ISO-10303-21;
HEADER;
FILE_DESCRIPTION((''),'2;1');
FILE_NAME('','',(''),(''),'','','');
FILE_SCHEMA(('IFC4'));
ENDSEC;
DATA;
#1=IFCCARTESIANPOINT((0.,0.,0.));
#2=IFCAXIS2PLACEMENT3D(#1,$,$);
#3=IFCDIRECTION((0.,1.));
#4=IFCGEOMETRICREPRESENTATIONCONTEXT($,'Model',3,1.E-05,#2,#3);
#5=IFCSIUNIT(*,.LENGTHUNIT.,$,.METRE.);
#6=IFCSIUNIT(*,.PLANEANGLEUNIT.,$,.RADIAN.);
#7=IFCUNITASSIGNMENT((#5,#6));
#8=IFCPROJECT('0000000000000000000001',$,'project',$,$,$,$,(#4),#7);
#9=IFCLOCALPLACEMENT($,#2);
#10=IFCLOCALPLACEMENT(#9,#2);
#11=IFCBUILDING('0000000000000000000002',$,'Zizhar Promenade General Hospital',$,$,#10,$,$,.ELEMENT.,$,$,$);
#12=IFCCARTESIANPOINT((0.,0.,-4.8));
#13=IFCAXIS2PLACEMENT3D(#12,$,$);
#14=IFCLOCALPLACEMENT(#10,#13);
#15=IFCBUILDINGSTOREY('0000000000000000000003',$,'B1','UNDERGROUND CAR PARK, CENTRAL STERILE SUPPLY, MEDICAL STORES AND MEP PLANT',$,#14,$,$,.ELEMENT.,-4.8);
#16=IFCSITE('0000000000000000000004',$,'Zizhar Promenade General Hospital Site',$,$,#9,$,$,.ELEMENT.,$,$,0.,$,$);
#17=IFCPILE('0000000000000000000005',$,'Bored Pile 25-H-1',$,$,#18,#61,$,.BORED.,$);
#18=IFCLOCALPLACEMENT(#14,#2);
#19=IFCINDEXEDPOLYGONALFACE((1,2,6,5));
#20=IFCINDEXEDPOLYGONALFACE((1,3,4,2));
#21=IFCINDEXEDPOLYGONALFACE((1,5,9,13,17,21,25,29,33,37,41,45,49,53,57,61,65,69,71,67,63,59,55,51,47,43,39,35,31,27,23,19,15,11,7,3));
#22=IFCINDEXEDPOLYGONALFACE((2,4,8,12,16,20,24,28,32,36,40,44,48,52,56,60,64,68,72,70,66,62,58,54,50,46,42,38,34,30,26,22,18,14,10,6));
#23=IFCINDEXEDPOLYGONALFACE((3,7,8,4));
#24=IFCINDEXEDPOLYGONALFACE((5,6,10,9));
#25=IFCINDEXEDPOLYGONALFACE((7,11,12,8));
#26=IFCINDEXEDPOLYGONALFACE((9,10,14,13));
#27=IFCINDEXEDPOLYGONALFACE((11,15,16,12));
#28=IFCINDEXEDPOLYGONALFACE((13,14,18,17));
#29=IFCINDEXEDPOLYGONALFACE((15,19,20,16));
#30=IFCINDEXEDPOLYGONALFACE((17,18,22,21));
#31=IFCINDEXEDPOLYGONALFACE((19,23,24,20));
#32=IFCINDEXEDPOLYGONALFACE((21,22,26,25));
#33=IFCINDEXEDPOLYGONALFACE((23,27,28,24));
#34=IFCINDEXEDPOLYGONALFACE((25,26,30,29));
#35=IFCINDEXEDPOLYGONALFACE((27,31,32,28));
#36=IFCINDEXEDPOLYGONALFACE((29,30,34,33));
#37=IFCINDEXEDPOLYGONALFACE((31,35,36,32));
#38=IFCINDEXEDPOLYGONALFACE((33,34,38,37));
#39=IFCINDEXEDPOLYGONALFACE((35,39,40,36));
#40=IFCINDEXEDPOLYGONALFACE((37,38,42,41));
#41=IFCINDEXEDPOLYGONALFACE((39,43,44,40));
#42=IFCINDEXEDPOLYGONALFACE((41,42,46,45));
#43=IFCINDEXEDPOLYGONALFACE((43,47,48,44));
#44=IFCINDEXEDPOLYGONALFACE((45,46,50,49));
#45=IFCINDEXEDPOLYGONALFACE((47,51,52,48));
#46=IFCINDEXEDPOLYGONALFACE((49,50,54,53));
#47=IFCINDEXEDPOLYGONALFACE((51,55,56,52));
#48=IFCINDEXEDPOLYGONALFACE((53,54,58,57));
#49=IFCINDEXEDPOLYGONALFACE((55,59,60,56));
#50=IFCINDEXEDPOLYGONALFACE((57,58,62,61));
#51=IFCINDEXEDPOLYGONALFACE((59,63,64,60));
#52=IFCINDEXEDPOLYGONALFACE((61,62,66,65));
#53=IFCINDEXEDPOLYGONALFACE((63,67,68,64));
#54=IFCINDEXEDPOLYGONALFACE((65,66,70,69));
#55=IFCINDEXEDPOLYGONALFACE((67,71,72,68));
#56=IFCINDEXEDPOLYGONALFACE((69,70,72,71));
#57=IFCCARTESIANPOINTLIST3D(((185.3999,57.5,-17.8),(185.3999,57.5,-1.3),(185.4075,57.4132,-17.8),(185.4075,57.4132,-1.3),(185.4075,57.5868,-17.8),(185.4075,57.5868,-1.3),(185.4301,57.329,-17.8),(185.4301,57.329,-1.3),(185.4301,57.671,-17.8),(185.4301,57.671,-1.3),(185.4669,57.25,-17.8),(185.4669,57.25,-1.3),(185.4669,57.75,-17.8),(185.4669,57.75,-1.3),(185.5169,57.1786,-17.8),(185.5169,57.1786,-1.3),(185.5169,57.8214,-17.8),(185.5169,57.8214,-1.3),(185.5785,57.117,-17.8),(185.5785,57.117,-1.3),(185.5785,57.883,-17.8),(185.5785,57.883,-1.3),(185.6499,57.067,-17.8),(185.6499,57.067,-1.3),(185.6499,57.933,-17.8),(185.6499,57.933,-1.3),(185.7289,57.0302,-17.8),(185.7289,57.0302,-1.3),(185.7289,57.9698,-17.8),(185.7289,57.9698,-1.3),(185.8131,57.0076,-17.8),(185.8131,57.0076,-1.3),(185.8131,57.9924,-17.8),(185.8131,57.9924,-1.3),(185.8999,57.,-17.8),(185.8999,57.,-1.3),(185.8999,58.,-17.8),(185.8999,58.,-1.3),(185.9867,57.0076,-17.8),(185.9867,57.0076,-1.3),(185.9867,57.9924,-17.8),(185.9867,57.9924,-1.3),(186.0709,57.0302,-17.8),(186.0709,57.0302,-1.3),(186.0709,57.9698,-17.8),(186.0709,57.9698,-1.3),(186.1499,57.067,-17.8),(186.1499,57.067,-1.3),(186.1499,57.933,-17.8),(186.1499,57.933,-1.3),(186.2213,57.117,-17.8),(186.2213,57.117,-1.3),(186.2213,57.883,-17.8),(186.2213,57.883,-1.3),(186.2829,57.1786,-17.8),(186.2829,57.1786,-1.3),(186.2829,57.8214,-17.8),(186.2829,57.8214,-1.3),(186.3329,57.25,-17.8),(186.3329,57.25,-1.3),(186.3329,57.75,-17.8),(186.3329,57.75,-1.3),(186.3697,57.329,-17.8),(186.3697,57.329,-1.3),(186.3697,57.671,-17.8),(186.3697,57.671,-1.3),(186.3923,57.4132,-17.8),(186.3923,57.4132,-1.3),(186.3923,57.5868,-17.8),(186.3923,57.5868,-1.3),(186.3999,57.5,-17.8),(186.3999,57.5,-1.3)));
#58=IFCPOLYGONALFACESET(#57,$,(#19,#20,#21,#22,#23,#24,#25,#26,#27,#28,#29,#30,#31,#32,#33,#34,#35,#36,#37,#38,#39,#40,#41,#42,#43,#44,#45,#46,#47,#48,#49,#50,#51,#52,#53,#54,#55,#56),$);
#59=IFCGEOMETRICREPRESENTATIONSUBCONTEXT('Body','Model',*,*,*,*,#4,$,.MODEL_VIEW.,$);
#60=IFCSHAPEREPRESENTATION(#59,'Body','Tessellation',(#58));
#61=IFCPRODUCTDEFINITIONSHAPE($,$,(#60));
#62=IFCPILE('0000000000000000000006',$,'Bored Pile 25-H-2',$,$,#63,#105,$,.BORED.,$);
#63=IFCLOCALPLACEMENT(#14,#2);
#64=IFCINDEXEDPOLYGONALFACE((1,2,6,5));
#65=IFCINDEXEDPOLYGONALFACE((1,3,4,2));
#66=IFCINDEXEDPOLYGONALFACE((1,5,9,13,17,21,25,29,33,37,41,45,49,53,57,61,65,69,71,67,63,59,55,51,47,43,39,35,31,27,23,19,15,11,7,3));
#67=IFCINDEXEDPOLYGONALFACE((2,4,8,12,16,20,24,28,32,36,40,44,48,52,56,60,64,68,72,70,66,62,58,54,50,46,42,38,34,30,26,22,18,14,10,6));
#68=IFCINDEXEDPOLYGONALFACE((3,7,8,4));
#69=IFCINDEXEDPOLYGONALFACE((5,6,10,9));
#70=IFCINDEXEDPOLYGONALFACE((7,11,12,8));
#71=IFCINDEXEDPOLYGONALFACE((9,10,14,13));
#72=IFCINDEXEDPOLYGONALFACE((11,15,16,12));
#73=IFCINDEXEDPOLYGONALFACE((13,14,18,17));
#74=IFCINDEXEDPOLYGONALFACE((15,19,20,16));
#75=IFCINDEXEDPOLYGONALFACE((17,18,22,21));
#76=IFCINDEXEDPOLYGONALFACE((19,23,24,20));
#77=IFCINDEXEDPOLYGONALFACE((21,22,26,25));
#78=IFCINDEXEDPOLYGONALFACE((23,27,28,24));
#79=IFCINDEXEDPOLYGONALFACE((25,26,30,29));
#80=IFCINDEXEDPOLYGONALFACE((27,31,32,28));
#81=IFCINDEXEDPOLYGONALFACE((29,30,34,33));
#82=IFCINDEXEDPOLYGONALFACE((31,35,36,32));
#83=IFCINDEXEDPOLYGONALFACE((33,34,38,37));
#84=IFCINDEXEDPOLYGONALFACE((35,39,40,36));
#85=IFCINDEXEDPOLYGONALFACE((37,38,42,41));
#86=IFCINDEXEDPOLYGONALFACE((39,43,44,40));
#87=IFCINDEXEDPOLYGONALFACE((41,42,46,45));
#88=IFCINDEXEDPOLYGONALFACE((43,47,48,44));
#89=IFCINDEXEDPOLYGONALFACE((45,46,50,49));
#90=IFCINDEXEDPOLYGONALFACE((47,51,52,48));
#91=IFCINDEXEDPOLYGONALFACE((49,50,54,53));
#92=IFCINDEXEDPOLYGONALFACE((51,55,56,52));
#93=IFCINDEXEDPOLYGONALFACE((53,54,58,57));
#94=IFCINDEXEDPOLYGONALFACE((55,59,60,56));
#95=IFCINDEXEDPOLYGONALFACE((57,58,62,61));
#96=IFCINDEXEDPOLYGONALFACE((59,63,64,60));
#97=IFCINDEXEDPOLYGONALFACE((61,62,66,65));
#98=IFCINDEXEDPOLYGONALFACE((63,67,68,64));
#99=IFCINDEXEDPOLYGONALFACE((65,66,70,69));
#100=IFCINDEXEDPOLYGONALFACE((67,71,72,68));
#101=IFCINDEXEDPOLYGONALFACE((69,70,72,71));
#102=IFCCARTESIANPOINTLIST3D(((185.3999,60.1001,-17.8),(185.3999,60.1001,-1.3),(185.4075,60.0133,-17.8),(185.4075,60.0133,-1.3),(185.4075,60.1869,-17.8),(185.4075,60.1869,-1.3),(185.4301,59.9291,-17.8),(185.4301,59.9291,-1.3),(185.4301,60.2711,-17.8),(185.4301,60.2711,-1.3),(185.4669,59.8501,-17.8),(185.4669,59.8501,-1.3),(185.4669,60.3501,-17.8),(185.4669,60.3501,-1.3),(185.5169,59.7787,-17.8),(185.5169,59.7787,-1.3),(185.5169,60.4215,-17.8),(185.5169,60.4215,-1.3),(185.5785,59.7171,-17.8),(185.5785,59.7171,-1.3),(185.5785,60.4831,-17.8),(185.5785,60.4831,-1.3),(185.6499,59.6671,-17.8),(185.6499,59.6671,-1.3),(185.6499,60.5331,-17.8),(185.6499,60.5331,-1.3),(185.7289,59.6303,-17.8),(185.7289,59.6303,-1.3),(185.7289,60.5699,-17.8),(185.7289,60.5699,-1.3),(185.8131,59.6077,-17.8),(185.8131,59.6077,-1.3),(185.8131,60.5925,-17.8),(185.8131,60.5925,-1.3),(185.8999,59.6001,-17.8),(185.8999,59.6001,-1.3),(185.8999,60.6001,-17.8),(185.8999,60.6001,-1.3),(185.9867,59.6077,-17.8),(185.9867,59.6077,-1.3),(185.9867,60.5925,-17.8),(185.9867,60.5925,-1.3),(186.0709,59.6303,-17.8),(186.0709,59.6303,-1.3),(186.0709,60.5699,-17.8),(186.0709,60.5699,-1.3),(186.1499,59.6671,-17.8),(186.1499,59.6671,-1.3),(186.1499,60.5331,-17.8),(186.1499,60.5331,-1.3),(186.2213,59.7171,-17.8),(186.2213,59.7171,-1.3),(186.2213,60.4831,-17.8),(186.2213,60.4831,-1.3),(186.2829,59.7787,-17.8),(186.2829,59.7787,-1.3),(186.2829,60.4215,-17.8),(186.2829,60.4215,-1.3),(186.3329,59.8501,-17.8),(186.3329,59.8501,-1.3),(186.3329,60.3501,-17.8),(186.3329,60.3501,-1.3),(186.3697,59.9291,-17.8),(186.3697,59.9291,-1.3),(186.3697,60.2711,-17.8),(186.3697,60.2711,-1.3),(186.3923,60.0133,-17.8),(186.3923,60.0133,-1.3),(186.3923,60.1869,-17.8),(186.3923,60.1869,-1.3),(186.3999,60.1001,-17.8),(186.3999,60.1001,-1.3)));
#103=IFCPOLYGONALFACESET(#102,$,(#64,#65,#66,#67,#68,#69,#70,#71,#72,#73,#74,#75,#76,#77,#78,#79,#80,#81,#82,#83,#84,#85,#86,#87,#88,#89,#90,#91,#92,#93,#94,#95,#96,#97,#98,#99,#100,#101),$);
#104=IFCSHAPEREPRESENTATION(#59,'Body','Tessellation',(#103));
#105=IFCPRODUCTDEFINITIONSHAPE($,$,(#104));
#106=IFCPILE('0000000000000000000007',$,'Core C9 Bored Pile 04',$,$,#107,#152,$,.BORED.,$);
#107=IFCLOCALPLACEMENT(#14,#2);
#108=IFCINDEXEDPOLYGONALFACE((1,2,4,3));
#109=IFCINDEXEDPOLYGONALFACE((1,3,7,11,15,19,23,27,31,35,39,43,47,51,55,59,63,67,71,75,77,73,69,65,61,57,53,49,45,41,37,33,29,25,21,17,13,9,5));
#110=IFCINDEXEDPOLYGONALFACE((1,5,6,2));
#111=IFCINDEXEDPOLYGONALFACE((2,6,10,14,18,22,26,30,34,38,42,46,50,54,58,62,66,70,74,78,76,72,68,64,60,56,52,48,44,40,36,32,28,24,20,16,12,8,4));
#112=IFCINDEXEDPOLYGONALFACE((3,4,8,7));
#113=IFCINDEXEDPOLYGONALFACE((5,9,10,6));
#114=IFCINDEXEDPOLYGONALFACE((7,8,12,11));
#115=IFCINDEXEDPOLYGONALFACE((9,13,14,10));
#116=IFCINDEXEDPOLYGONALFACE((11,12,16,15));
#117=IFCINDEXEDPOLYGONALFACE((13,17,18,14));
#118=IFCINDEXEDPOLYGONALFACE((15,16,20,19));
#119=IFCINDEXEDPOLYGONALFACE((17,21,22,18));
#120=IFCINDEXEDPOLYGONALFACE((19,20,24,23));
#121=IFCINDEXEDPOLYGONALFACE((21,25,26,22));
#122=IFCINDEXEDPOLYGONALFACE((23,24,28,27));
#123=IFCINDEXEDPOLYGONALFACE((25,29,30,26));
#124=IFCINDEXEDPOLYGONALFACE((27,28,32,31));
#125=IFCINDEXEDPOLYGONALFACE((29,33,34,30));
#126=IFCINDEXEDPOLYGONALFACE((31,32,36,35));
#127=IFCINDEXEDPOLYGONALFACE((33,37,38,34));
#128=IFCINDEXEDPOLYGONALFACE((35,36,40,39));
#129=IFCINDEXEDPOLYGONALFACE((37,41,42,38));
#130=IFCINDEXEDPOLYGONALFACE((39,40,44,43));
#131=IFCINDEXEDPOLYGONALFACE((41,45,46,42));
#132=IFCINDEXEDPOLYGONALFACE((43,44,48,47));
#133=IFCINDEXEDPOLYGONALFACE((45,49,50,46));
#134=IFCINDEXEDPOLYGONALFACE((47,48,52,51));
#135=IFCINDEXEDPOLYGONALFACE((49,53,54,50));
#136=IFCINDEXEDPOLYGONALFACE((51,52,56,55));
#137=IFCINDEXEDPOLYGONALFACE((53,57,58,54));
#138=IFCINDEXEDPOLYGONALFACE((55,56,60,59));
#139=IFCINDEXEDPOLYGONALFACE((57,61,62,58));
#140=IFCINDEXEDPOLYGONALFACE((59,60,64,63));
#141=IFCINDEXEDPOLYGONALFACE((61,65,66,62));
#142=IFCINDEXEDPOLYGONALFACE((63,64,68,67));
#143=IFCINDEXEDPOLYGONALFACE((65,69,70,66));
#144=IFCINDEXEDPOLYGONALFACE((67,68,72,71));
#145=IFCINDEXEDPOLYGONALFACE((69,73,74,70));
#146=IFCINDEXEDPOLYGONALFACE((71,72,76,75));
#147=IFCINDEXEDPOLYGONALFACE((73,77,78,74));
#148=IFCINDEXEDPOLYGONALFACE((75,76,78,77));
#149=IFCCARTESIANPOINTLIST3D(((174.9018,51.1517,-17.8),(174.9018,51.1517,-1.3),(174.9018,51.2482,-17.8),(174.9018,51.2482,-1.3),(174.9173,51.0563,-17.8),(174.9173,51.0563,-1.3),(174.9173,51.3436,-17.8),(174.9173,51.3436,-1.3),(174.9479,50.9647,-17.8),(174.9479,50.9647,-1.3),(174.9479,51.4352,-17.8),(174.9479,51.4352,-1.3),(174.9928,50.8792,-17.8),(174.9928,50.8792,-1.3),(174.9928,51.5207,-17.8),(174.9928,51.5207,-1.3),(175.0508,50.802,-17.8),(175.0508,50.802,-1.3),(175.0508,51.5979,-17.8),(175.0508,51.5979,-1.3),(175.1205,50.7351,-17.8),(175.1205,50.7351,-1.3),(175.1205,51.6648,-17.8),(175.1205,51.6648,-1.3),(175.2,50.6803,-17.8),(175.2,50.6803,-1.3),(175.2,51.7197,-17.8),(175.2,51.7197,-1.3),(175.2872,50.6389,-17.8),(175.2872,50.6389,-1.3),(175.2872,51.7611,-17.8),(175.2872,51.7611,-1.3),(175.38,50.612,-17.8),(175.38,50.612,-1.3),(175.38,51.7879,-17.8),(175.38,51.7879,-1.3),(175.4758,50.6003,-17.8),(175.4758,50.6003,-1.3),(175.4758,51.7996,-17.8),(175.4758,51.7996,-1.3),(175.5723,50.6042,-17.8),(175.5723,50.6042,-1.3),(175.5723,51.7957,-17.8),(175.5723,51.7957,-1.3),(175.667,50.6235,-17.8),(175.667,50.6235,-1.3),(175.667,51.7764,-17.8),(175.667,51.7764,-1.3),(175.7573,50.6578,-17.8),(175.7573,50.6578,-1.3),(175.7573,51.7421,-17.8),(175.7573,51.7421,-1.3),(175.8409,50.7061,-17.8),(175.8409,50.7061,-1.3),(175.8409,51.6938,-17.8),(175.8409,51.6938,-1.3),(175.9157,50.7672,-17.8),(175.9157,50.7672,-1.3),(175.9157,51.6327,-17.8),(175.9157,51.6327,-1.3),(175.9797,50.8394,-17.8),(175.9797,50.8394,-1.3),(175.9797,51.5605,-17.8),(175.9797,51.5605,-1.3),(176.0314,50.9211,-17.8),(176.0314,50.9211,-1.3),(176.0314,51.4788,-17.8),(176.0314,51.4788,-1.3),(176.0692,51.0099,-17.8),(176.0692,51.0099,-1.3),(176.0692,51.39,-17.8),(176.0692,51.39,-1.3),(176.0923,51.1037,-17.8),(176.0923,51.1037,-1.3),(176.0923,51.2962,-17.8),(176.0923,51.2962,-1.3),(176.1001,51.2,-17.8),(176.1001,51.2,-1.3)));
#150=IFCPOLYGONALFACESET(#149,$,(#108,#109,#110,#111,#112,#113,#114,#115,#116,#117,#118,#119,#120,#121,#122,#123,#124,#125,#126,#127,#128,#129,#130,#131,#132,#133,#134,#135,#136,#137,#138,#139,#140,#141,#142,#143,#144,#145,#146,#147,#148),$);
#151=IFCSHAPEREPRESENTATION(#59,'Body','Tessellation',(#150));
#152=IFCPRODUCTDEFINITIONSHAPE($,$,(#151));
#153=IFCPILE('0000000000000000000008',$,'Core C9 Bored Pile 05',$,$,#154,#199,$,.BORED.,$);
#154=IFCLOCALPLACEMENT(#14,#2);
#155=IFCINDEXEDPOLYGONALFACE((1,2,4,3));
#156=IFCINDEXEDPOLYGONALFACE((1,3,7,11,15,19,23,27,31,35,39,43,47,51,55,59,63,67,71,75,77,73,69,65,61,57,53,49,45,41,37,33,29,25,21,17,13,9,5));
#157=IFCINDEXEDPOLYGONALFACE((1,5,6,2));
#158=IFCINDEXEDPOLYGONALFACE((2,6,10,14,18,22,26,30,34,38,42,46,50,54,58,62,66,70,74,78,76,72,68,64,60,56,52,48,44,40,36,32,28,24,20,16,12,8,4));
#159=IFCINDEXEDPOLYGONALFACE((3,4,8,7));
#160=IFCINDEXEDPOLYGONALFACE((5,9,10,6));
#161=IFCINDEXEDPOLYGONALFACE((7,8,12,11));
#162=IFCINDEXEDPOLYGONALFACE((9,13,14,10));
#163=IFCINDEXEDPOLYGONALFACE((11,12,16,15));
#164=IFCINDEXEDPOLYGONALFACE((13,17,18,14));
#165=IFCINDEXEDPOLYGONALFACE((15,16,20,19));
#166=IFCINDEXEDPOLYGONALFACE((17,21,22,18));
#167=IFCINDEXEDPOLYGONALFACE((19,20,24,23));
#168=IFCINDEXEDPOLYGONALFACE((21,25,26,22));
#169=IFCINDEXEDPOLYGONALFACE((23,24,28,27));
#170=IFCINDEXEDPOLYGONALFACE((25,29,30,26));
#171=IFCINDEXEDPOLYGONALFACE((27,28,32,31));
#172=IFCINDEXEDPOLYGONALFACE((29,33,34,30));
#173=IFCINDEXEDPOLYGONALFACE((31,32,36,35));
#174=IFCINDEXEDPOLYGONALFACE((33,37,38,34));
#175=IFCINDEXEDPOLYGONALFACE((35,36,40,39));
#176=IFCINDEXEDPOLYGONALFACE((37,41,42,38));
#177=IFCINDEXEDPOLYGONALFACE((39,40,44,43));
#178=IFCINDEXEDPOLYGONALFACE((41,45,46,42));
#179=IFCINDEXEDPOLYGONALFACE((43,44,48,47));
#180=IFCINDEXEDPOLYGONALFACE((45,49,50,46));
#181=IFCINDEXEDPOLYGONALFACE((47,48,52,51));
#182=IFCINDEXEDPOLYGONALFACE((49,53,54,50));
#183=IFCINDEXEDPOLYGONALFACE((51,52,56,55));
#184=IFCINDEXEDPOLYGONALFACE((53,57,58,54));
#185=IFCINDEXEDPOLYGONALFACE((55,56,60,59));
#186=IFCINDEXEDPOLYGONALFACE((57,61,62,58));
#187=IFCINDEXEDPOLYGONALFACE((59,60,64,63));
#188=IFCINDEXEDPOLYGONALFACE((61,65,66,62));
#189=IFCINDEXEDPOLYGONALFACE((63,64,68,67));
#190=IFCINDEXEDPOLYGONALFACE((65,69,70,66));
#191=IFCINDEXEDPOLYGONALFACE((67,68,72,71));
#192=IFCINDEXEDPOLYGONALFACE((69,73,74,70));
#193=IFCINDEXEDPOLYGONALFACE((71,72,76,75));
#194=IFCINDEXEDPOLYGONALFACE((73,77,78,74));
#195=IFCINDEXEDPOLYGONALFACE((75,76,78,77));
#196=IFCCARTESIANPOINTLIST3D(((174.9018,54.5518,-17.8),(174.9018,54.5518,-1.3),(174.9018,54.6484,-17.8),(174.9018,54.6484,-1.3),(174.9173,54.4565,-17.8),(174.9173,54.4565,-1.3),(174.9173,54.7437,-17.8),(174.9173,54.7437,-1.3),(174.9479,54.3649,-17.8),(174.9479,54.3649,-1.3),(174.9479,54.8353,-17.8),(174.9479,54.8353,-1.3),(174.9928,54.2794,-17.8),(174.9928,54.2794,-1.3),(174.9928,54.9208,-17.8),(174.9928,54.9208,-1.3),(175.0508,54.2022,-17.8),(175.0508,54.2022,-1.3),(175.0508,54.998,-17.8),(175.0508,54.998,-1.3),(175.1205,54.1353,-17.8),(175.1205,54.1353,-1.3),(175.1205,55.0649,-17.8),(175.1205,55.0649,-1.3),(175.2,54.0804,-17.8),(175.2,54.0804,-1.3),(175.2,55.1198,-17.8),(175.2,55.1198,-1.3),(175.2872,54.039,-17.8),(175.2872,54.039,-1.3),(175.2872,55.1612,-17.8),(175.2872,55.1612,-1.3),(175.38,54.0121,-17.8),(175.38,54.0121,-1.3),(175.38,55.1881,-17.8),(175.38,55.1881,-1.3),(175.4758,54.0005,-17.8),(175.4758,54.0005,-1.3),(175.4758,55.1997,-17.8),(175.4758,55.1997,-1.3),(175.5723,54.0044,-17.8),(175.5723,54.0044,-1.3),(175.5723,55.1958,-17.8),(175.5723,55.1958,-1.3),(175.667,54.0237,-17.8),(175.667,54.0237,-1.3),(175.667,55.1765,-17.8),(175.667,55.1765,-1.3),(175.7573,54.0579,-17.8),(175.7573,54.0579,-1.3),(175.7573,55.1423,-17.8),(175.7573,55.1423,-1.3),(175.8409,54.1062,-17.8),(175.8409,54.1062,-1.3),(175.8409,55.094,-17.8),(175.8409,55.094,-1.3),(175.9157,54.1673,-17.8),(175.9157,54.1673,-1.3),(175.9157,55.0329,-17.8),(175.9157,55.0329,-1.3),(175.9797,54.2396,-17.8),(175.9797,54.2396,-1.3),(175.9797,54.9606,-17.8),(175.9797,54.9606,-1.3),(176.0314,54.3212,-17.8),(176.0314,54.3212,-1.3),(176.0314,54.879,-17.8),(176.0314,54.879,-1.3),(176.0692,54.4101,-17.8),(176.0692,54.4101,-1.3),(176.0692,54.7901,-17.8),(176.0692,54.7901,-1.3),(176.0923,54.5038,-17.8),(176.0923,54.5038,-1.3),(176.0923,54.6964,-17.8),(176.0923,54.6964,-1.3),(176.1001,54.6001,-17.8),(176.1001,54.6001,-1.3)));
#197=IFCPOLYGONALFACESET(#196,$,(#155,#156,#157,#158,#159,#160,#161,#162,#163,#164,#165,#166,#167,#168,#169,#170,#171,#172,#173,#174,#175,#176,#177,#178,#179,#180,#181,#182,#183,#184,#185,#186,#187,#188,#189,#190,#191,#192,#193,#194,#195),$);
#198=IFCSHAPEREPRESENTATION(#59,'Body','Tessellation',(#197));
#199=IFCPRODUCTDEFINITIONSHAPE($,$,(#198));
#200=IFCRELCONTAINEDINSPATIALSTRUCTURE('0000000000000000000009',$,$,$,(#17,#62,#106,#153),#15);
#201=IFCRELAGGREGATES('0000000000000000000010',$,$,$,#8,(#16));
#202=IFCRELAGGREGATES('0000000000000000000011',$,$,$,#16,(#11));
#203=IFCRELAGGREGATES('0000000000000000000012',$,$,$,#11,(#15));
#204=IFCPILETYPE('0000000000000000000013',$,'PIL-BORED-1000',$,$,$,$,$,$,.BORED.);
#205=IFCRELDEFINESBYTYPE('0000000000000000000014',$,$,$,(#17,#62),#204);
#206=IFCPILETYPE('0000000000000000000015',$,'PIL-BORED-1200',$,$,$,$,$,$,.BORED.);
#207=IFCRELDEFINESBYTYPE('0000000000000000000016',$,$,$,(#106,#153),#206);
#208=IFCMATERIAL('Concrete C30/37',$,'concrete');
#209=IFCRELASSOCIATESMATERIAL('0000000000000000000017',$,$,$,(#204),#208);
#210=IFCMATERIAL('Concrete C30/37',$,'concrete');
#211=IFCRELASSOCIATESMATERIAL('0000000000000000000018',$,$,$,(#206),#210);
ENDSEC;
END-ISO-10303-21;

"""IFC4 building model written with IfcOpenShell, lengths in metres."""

from ifc_helpers import new_model, si_unit, direction, frame, origin, origin_2d, place, context, subcontext, project, spatial, circle, extrude, material, material_profile, profile_set, type_object, element, save


model = new_model("IFC4")

# Units and contexts
model_context = context("Model", 3, precision=1e-05, world=origin(), true_north=direction((0.0, 1.0)))
body_context = subcontext(model_context, "Body", "Model", "MODEL_VIEW")
ifc_project = project(units=[si_unit("LENGTHUNIT", "METRE"), si_unit("PLANEANGLEUNIT", "RADIAN")], contexts=[model_context])

# Site, building, storey
site_placement = place(None, origin())
site = spatial("IfcSite", under=ifc_project, at=site_placement, Name="Zizhar Promenade General Hospital Site", CompositionType="ELEMENT", RefElevation=0.0)
building_placement = place(site_placement, origin())
building = spatial("IfcBuilding", under=site, at=building_placement, Name="Zizhar Promenade General Hospital", CompositionType="ELEMENT")
storey_placement = place(building_placement, frame((0.0, 0.0, -4.8)))
storey = spatial("IfcBuildingStorey", under=building, at=storey_placement, Name="B1", Description="UNDERGROUND CAR PARK, CENTRAL STERILE SUPPLY, MEDICAL STORES AND MEP PLANT", CompositionType="ELEMENT", Elevation=-4.8)

# Piles
ifc_material_1 = material(Name="Concrete C30/37", Category="concrete")
ifc_material_profile_1 = material_profile(ifc_material_1, circle(Radius=0.5, at=origin_2d()))
ifc_profile_set_1 = profile_set([ifc_material_profile_1], Name="Concrete C30/37")
pile_type_1 = type_object("IfcPileType", Name="PIL-BORED-1000", PredefinedType="BORED", material=ifc_profile_set_1)
for number, where, z_axis, x_axis, name in (
    (1, (185.8999, 57.5, -1.3), (0.0, 0.0, -1.0), (1.0, 0.0, 0.0), "Bored Pile 25-H-1"),
    (2, (185.8999, 60.1001, -1.3), (0.0, 0.0, -1.0), (1.0, 0.0, 0.0), "Bored Pile 25-H-2"),
):
    element("IfcPile", number, at=place(storey_placement, frame(where, z_axis=z_axis, x_axis=x_axis)), inside=storey, type_object=pile_type_1, Name=name, PredefinedType="BORED", context=body_context, shape_type="SweptSolid", body=[
        extrude(circle(Radius=0.5, at=origin_2d()), origin(), (0.0, 0.0, 1.0), 16.5),
    ])
ifc_material_2 = material(Name="Concrete C30/37", Category="concrete")
ifc_material_profile_2 = material_profile(ifc_material_2, circle(Radius=0.6001, at=origin_2d()))
ifc_profile_set_2 = profile_set([ifc_material_profile_2], Name="Concrete C30/37")
pile_type_2 = type_object("IfcPileType", Name="PIL-BORED-1200", PredefinedType="BORED", material=ifc_profile_set_2)
for number, where, z_axis, x_axis, name in (
    (3, (175.5, 51.2, -1.3), (0.0, 0.0, -1.0), (1.0, 0.0, 0.0), "Core C9 Bored Pile 04"),
    (4, (175.5, 54.6001, -1.3), (0.0, 0.0, -1.0), (1.0, 0.0, 0.0), "Core C9 Bored Pile 05"),
):
    element("IfcPile", number, at=place(storey_placement, frame(where, z_axis=z_axis, x_axis=x_axis)), inside=storey, type_object=pile_type_2, Name=name, PredefinedType="BORED", context=body_context, shape_type="SweptSolid", body=[
        extrude(circle(Radius=0.6001, at=origin_2d()), origin(), (0.0, 0.0, 1.0), 16.5),
    ])

save(model, "model.ifc")
